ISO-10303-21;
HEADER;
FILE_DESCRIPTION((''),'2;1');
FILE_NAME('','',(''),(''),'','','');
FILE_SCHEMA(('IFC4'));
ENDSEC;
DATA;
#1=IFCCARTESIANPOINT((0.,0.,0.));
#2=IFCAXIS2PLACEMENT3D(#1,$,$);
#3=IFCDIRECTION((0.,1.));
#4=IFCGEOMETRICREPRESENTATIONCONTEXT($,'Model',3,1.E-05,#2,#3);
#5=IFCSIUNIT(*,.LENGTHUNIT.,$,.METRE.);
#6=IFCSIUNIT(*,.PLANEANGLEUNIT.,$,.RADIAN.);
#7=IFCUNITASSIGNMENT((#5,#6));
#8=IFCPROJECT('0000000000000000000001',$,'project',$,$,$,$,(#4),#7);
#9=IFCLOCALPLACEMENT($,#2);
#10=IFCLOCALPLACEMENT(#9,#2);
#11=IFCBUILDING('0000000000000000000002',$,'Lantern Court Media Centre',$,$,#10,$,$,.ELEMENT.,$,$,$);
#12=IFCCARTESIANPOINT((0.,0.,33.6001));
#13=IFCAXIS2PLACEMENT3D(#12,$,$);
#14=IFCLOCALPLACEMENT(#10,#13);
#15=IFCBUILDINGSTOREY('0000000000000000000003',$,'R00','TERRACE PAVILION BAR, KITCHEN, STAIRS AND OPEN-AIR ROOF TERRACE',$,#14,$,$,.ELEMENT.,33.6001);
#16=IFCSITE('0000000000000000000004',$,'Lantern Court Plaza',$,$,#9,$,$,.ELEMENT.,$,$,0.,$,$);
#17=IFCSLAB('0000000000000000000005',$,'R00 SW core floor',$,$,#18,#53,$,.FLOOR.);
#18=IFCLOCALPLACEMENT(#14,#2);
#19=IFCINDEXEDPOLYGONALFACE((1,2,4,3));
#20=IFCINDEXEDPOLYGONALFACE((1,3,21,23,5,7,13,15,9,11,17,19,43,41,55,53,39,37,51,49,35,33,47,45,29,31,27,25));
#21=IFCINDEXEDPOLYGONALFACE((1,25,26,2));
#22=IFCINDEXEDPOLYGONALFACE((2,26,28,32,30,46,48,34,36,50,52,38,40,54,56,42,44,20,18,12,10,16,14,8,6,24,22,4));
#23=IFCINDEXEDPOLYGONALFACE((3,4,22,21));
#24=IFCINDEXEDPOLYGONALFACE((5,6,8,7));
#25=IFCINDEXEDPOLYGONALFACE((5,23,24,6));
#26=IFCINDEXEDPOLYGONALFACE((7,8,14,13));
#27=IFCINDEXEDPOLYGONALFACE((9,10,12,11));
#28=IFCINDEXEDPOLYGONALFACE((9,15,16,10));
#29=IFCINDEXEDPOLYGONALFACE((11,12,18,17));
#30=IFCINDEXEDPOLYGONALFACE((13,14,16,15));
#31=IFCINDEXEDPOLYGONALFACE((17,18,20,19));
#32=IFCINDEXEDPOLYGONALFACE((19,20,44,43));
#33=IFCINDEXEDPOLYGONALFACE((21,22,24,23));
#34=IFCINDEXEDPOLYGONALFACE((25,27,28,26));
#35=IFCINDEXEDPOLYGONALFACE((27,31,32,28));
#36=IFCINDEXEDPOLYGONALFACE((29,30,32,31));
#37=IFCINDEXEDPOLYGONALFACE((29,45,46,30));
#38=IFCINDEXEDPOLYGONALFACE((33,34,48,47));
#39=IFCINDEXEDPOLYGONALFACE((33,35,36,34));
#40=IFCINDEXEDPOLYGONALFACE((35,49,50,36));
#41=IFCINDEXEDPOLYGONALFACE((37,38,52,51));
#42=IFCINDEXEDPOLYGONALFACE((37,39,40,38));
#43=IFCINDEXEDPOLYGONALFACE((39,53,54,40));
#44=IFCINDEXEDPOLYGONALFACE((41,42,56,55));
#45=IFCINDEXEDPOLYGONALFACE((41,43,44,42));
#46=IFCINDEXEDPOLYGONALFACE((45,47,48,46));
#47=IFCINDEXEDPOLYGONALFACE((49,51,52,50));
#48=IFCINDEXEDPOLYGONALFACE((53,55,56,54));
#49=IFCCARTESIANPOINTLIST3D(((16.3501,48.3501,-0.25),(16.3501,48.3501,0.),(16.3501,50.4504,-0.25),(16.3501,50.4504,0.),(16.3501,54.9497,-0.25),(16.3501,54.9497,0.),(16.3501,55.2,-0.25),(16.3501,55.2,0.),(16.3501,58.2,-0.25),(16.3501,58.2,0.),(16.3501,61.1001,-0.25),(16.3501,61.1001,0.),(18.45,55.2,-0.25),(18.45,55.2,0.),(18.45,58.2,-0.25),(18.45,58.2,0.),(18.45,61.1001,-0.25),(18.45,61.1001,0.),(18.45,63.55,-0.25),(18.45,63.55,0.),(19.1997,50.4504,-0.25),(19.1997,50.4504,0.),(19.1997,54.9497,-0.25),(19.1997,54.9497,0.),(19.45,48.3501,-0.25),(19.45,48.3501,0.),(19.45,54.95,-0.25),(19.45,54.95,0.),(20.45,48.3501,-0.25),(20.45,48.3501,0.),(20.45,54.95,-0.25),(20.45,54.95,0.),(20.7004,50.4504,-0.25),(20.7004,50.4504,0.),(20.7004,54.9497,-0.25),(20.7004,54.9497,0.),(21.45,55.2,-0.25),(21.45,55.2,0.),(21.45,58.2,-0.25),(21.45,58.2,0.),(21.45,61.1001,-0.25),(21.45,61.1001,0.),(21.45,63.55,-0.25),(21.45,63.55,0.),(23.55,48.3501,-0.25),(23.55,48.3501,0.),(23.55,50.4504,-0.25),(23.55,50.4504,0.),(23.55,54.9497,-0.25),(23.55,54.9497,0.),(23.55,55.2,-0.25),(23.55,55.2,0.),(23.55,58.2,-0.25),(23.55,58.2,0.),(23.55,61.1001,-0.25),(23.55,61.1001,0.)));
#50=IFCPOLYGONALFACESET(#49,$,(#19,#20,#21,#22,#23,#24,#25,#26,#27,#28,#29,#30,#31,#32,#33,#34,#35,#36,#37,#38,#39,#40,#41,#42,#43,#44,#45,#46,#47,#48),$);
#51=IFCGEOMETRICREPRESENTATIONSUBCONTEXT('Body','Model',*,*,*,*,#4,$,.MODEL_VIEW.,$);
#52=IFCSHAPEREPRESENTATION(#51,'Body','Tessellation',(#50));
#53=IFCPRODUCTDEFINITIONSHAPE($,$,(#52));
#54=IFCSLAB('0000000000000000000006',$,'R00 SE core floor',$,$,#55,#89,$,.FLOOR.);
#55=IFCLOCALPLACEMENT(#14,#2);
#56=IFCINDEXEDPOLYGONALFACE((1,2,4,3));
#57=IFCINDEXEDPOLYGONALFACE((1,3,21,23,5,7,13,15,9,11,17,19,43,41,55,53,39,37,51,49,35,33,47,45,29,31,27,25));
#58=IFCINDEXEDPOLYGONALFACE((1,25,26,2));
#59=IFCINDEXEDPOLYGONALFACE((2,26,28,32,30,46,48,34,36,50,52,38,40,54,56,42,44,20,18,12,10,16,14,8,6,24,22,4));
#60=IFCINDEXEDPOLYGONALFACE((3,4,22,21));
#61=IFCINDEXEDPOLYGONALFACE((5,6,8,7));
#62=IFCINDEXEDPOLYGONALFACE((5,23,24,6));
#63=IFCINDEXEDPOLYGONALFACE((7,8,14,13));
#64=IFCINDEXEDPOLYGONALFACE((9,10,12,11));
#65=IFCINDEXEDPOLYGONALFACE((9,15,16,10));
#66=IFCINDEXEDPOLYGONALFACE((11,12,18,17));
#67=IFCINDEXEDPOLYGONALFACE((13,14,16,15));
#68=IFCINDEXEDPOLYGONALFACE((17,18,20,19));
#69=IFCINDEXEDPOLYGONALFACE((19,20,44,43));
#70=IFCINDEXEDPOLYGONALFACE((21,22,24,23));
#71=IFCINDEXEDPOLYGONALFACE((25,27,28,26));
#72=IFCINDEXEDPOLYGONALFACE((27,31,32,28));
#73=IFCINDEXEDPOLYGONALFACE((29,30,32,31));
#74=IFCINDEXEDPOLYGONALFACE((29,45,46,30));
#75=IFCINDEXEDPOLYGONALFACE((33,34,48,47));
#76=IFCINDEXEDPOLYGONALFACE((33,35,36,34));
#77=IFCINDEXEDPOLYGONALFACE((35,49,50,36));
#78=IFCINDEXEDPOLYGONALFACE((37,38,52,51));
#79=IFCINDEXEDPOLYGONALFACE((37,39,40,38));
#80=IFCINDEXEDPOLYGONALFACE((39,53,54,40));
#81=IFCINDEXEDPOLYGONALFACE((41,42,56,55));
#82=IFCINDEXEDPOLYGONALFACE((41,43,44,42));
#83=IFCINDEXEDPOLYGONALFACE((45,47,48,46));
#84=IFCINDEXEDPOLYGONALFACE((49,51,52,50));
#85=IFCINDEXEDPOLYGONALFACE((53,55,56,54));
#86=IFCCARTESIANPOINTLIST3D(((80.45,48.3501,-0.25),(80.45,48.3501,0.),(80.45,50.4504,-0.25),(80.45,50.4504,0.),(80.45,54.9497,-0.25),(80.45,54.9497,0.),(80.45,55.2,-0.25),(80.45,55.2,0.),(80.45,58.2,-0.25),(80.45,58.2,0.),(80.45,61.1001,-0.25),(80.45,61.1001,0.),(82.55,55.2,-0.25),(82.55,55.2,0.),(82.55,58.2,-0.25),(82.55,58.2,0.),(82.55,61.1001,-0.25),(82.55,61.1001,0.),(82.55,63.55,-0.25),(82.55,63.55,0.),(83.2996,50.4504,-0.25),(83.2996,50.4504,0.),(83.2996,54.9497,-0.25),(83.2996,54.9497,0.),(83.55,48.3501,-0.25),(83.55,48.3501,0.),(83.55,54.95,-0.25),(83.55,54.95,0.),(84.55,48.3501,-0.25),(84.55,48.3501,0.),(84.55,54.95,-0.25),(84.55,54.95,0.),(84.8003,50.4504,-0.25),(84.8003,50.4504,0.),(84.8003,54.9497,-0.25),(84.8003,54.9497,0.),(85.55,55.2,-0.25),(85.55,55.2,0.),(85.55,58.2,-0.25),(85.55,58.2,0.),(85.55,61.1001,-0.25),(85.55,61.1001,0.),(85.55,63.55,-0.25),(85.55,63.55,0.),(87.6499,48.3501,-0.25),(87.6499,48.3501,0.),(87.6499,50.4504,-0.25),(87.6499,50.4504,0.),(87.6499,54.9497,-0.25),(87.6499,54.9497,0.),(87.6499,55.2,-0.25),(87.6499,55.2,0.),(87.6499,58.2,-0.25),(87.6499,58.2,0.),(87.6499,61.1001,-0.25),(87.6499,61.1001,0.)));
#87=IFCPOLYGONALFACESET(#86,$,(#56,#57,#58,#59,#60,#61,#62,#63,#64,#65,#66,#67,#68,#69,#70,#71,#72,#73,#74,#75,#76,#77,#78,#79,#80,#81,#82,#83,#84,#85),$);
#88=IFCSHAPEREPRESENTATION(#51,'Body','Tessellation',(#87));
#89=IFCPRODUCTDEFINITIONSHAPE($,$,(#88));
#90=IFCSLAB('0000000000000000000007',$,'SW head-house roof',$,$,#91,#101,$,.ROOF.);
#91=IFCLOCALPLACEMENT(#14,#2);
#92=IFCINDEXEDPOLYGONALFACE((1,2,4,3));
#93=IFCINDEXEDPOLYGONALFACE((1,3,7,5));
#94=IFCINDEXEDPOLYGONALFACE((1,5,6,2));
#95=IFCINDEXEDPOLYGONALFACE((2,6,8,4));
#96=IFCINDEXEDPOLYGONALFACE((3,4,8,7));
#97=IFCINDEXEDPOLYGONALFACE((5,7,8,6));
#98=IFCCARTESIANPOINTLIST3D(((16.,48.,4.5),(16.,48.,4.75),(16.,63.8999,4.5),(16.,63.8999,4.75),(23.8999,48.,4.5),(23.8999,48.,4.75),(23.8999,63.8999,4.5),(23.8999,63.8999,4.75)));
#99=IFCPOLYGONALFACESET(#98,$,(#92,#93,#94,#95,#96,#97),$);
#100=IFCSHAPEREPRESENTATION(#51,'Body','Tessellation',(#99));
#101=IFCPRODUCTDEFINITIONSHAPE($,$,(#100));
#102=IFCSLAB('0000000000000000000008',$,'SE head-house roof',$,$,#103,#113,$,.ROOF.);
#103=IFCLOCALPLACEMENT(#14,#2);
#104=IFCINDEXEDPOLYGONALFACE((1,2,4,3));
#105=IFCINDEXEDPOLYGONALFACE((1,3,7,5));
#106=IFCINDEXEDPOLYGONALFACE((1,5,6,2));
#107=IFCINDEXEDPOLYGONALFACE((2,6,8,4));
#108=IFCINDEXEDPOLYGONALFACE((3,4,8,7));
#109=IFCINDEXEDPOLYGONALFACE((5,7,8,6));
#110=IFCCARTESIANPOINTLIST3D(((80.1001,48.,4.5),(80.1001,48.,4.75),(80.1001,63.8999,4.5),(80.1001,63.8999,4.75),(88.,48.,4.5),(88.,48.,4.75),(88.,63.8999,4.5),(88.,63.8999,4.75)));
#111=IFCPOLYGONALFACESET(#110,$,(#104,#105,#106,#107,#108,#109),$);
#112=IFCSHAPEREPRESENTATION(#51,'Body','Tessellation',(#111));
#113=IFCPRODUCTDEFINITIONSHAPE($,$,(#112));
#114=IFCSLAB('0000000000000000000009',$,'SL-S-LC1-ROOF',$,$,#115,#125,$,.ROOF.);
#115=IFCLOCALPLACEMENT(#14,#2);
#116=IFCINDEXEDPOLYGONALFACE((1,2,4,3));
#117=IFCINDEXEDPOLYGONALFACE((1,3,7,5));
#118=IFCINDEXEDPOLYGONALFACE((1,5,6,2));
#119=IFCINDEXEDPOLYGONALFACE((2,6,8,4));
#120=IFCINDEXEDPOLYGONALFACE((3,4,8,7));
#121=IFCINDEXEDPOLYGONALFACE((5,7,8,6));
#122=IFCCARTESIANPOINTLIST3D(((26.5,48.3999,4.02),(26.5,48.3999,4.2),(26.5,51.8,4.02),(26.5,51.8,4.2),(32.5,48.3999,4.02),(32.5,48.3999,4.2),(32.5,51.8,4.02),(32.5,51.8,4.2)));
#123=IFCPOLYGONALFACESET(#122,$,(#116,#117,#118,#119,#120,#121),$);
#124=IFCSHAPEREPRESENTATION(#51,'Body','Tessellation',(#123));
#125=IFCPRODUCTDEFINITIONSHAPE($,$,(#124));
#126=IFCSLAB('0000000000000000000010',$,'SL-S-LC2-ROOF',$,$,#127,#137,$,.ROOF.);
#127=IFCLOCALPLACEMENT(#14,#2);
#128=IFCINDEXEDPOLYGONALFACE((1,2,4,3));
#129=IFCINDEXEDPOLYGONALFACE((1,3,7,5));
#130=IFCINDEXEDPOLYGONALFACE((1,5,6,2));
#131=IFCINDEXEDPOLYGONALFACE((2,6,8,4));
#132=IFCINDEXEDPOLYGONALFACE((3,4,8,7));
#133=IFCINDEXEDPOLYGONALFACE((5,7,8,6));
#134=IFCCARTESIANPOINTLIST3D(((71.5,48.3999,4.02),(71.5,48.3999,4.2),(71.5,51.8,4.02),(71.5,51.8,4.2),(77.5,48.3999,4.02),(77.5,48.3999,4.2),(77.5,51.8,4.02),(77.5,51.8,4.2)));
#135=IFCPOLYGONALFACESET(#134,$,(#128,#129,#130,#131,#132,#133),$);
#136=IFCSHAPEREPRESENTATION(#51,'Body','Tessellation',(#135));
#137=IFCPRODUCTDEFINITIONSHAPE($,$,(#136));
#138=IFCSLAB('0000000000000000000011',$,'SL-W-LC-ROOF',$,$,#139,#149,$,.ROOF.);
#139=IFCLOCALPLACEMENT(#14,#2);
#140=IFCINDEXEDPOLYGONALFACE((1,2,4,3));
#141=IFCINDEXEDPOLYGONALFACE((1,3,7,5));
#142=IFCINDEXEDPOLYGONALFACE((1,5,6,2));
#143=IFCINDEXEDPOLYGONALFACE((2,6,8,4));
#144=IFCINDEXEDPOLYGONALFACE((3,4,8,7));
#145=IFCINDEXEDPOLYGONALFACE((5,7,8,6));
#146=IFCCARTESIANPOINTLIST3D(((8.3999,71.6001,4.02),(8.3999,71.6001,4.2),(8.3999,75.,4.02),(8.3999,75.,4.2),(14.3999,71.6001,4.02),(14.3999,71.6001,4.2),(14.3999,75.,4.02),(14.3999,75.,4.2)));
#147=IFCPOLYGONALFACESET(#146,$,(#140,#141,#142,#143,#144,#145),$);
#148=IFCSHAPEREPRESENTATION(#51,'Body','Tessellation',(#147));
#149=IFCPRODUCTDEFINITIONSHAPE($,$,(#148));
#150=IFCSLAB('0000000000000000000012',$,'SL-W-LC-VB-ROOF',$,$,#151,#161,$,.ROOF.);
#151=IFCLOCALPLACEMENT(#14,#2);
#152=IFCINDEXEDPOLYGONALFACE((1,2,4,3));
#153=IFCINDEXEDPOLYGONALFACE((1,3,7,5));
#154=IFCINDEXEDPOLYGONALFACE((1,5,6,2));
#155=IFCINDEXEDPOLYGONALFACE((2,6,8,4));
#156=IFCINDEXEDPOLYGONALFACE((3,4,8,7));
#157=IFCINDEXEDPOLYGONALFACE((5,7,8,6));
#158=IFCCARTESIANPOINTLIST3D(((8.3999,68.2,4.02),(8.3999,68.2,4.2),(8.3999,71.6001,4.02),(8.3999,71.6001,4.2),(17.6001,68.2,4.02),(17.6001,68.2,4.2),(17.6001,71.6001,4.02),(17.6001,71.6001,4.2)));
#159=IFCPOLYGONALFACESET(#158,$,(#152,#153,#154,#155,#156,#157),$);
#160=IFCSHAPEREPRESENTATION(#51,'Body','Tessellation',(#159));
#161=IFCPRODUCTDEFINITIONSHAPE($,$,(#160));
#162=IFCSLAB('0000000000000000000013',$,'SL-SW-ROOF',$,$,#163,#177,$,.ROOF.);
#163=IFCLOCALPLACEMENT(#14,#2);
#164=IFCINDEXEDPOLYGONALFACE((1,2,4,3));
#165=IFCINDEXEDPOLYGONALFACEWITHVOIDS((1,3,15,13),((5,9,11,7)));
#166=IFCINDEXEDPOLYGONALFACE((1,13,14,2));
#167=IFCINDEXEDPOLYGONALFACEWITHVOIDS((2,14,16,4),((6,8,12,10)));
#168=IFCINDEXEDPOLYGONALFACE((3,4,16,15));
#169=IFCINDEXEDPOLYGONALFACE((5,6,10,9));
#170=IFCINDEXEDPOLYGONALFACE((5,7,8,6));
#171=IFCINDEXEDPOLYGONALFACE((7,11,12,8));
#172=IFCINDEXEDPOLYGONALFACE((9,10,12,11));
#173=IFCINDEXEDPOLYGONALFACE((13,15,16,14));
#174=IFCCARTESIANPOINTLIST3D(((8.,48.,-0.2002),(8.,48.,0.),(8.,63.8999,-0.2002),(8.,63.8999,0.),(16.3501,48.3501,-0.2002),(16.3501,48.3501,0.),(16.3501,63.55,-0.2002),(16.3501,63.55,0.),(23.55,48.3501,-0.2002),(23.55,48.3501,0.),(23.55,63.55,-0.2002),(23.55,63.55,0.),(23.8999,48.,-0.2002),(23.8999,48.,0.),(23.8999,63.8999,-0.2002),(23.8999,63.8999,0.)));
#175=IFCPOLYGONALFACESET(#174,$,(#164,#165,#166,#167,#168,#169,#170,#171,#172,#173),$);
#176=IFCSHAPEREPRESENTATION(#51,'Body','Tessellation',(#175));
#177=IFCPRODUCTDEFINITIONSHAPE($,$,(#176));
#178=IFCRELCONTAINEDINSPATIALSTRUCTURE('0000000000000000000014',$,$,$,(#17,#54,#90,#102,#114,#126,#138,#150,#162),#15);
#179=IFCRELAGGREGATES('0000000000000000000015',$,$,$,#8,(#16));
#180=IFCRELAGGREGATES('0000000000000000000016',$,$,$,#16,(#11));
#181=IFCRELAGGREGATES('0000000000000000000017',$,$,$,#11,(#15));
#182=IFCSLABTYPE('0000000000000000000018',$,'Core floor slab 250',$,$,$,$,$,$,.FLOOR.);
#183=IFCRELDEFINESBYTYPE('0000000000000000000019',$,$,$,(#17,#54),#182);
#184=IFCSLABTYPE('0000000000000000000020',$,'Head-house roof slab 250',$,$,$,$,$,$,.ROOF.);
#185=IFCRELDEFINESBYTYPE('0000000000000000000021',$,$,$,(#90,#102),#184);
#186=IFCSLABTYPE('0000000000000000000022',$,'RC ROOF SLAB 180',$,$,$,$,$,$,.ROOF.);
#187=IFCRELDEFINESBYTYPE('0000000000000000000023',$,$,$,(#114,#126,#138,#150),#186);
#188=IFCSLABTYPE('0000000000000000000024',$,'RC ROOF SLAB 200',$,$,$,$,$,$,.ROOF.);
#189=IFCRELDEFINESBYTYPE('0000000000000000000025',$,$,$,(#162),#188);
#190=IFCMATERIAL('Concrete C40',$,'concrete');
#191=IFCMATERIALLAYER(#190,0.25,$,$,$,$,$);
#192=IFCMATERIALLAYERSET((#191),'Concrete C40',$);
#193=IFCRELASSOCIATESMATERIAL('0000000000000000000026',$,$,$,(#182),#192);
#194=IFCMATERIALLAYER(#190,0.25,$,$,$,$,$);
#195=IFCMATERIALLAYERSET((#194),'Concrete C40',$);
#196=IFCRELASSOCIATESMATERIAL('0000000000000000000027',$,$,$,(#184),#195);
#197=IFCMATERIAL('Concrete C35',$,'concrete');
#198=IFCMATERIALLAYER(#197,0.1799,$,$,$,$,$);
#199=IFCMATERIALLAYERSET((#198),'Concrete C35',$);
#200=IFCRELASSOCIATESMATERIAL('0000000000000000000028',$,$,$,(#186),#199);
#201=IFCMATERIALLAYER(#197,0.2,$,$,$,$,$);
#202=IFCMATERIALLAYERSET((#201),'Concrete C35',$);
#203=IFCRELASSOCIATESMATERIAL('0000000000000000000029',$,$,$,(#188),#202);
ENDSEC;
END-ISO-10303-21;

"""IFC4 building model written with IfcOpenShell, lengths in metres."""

from ifc_helpers import new_model, si_unit, direction, frame, origin, place, context, subcontext, project, spatial, polyline, outline, extrude, material, layer, layer_set, type_object, element, save


model = new_model("IFC4")

# Units and contexts
model_context = context("Model", 3, precision=1e-05, world=origin(), true_north=direction((0.0, 1.0)))
body_context = subcontext(model_context, "Body", "Model", "MODEL_VIEW")
ifc_project = project(units=[si_unit("LENGTHUNIT", "METRE"), si_unit("PLANEANGLEUNIT", "RADIAN")], contexts=[model_context])

# Site, building, storey
site_placement = place(None, origin())
site = spatial("IfcSite", under=ifc_project, at=site_placement, Name="Lantern Court Plaza", CompositionType="ELEMENT", RefElevation=0.0)
building_placement = place(site_placement, origin())
building = spatial("IfcBuilding", under=site, at=building_placement, Name="Lantern Court Media Centre", CompositionType="ELEMENT")
storey_placement = place(building_placement, frame((0.0, 0.0, 33.6001)))
storey = spatial("IfcBuildingStorey", under=building, at=storey_placement, Name="R00", Description="TERRACE PAVILION BAR, KITCHEN, STAIRS AND OPEN-AIR ROOF TERRACE", CompositionType="ELEMENT", Elevation=33.6001)

# Slabs
ifc_material_1 = material(Name="Concrete C40", Category="concrete")
ifc_layer_1 = layer(ifc_material_1, 0.25)
ifc_layer_set_1 = layer_set([ifc_layer_1], Name="Concrete C40")
slab_type_1 = type_object("IfcSlabType", Name="Core floor slab 250", PredefinedType="FLOOR", material=ifc_layer_set_1)
slab_1_placement = place(storey_placement, frame((0.0, 0.0, -0.25)))
element("IfcSlab", 1, at=slab_1_placement, inside=storey, type_object=slab_type_1, Name="R00 SW core floor", PredefinedType="FLOOR", context=body_context, shape_type="SweptSolid", body=[
    extrude(outline(polyline([(16.3501, 58.2), (16.3501, 61.1001), (18.45, 61.1001), (18.45, 63.55), (21.45, 63.55), (21.45, 61.1001), (23.55, 61.1001), (23.55, 58.2), (21.45, 58.2), (21.45, 55.2), (23.55, 55.2), (23.55, 54.9497), (20.7004, 54.9497), (20.7004, 50.4504), (23.55, 50.4504), (23.55, 48.3501), (20.45, 48.3501), (20.45, 54.95), (19.45, 54.95), (19.45, 48.3501), (16.3501, 48.3501), (16.3501, 50.4504), (19.1997, 50.4504), (19.1997, 54.9497), (16.3501, 54.9497), (16.3501, 55.2), (18.45, 55.2), (18.45, 58.2), (16.3501, 58.2)])), origin(), (0.0, 0.0, 1.0), 0.25),
])
slab_2_placement = place(storey_placement, frame((0.0, 0.0, -0.25)))
element("IfcSlab", 2, at=slab_2_placement, inside=storey, type_object=slab_type_1, Name="R00 SE core floor", PredefinedType="FLOOR", context=body_context, shape_type="SweptSolid", body=[
    extrude(outline(polyline([(87.6499, 55.2), (87.6499, 54.9497), (84.8003, 54.9497), (84.8003, 50.4504), (87.6499, 50.4504), (87.6499, 48.3501), (84.55, 48.3501), (84.55, 54.95), (83.55, 54.95), (83.55, 48.3501), (80.45, 48.3501), (80.45, 50.4504), (83.2996, 50.4504), (83.2996, 54.9497), (80.45, 54.9497), (80.45, 55.2), (82.55, 55.2), (82.55, 58.2), (80.45, 58.2), (80.45, 61.1001), (82.55, 61.1001), (82.55, 63.55), (85.55, 63.55), (85.55, 61.1001), (87.6499, 61.1001), (87.6499, 58.2), (85.55, 58.2), (85.55, 55.2), (87.6499, 55.2)])), origin(), (0.0, 0.0, 1.0), 0.25),
])
ifc_layer_2 = layer(ifc_material_1, 0.25)
ifc_layer_set_2 = layer_set([ifc_layer_2], Name="Concrete C40")
slab_type_2 = type_object("IfcSlabType", Name="Head-house roof slab 250", PredefinedType="ROOF", material=ifc_layer_set_2)
slab_3_placement = place(storey_placement, frame((0.0, 0.0, 4.5)))
element("IfcSlab", 3, at=slab_3_placement, inside=storey, type_object=slab_type_2, Name="SW head-house roof", PredefinedType="ROOF", context=body_context, shape_type="SweptSolid", body=[
    extrude(outline(polyline([(16.0, 48.0), (23.8999, 48.0), (23.8999, 63.8999), (16.0, 63.8999), (16.0, 48.0)])), origin(), (0.0, 0.0, 1.0), 0.25),
])
slab_4_placement = place(storey_placement, frame((0.0, 0.0, 4.5)))
element("IfcSlab", 4, at=slab_4_placement, inside=storey, type_object=slab_type_2, Name="SE head-house roof", PredefinedType="ROOF", context=body_context, shape_type="SweptSolid", body=[
    extrude(outline(polyline([(88.0, 48.0), (80.1001, 48.0), (80.1001, 63.8999), (88.0, 63.8999), (88.0, 48.0)])), origin(), (0.0, 0.0, 1.0), 0.25),
])
ifc_material_2 = material(Name="Concrete C35", Category="concrete")
ifc_layer_3 = layer(ifc_material_2, 0.1799)
ifc_layer_set_3 = layer_set([ifc_layer_3], Name="Concrete C35")
slab_type_3 = type_object("IfcSlabType", Name="RC ROOF SLAB 180", PredefinedType="ROOF", material=ifc_layer_set_3)
slab_5_placement = place(storey_placement, frame((0.0, 0.0, 4.02)))
element("IfcSlab", 5, at=slab_5_placement, inside=storey, type_object=slab_type_3, Name="SL-S-LC1-ROOF", PredefinedType="ROOF", context=body_context, shape_type="SweptSolid", body=[
    extrude(outline(polyline([(32.5, 48.3999), (32.5, 51.8), (26.5, 51.8), (26.5, 48.3999), (32.5, 48.3999)])), origin(), (0.0, 0.0, 1.0), 0.1799),
])
slab_6_placement = place(storey_placement, frame((0.0, 0.0, 4.02)))
element("IfcSlab", 6, at=slab_6_placement, inside=storey, type_object=slab_type_3, Name="SL-S-LC2-ROOF", PredefinedType="ROOF", context=body_context, shape_type="SweptSolid", body=[
    extrude(outline(polyline([(77.5, 48.3999), (77.5, 51.8), (71.5, 51.8), (71.5, 48.3999), (77.5, 48.3999)])), origin(), (0.0, 0.0, 1.0), 0.1799),
])
slab_7_placement = place(storey_placement, frame((0.0, 0.0, 4.02)))
element("IfcSlab", 7, at=slab_7_placement, inside=storey, type_object=slab_type_3, Name="SL-W-LC-ROOF", PredefinedType="ROOF", context=body_context, shape_type="SweptSolid", body=[
    extrude(outline(polyline([(14.3999, 71.6001), (14.3999, 75.0), (8.3999, 75.0), (8.3999, 71.6001), (14.3999, 71.6001)])), origin(), (0.0, 0.0, 1.0), 0.1799),
])
slab_8_placement = place(storey_placement, frame((0.0, 0.0, 4.02)))
element("IfcSlab", 8, at=slab_8_placement, inside=storey, type_object=slab_type_3, Name="SL-W-LC-VB-ROOF", PredefinedType="ROOF", context=body_context, shape_type="SweptSolid", body=[
    extrude(outline(polyline([(17.6001, 68.2), (17.6001, 71.6001), (8.3999, 71.6001), (8.3999, 68.2), (17.6001, 68.2)])), origin(), (0.0, 0.0, 1.0), 0.1799),
])
ifc_layer_4 = layer(ifc_material_2, 0.2)
ifc_layer_set_4 = layer_set([ifc_layer_4], Name="Concrete C35")
slab_type_4 = type_object("IfcSlabType", Name="RC ROOF SLAB 200", PredefinedType="ROOF", material=ifc_layer_set_4)
slab_9_placement = place(storey_placement, frame((0.0, 0.0, -0.2002)))
element("IfcSlab", 9, at=slab_9_placement, inside=storey, type_object=slab_type_4, Name="SL-SW-ROOF", PredefinedType="ROOF", context=body_context, shape_type="SweptSolid", body=[
    extrude(outline(polyline([(8.0, 48.0), (8.0, 63.8999), (23.8999, 63.8999), (23.8999, 48.0), (8.0, 48.0)]), holes=[polyline([(23.55, 63.55), (16.3501, 63.55), (16.3501, 48.3501), (23.55, 48.3501), (23.55, 63.55)])]), origin(), (0.0, 0.0, 1.0), 0.2002),
])

save(model, "model.ifc")
